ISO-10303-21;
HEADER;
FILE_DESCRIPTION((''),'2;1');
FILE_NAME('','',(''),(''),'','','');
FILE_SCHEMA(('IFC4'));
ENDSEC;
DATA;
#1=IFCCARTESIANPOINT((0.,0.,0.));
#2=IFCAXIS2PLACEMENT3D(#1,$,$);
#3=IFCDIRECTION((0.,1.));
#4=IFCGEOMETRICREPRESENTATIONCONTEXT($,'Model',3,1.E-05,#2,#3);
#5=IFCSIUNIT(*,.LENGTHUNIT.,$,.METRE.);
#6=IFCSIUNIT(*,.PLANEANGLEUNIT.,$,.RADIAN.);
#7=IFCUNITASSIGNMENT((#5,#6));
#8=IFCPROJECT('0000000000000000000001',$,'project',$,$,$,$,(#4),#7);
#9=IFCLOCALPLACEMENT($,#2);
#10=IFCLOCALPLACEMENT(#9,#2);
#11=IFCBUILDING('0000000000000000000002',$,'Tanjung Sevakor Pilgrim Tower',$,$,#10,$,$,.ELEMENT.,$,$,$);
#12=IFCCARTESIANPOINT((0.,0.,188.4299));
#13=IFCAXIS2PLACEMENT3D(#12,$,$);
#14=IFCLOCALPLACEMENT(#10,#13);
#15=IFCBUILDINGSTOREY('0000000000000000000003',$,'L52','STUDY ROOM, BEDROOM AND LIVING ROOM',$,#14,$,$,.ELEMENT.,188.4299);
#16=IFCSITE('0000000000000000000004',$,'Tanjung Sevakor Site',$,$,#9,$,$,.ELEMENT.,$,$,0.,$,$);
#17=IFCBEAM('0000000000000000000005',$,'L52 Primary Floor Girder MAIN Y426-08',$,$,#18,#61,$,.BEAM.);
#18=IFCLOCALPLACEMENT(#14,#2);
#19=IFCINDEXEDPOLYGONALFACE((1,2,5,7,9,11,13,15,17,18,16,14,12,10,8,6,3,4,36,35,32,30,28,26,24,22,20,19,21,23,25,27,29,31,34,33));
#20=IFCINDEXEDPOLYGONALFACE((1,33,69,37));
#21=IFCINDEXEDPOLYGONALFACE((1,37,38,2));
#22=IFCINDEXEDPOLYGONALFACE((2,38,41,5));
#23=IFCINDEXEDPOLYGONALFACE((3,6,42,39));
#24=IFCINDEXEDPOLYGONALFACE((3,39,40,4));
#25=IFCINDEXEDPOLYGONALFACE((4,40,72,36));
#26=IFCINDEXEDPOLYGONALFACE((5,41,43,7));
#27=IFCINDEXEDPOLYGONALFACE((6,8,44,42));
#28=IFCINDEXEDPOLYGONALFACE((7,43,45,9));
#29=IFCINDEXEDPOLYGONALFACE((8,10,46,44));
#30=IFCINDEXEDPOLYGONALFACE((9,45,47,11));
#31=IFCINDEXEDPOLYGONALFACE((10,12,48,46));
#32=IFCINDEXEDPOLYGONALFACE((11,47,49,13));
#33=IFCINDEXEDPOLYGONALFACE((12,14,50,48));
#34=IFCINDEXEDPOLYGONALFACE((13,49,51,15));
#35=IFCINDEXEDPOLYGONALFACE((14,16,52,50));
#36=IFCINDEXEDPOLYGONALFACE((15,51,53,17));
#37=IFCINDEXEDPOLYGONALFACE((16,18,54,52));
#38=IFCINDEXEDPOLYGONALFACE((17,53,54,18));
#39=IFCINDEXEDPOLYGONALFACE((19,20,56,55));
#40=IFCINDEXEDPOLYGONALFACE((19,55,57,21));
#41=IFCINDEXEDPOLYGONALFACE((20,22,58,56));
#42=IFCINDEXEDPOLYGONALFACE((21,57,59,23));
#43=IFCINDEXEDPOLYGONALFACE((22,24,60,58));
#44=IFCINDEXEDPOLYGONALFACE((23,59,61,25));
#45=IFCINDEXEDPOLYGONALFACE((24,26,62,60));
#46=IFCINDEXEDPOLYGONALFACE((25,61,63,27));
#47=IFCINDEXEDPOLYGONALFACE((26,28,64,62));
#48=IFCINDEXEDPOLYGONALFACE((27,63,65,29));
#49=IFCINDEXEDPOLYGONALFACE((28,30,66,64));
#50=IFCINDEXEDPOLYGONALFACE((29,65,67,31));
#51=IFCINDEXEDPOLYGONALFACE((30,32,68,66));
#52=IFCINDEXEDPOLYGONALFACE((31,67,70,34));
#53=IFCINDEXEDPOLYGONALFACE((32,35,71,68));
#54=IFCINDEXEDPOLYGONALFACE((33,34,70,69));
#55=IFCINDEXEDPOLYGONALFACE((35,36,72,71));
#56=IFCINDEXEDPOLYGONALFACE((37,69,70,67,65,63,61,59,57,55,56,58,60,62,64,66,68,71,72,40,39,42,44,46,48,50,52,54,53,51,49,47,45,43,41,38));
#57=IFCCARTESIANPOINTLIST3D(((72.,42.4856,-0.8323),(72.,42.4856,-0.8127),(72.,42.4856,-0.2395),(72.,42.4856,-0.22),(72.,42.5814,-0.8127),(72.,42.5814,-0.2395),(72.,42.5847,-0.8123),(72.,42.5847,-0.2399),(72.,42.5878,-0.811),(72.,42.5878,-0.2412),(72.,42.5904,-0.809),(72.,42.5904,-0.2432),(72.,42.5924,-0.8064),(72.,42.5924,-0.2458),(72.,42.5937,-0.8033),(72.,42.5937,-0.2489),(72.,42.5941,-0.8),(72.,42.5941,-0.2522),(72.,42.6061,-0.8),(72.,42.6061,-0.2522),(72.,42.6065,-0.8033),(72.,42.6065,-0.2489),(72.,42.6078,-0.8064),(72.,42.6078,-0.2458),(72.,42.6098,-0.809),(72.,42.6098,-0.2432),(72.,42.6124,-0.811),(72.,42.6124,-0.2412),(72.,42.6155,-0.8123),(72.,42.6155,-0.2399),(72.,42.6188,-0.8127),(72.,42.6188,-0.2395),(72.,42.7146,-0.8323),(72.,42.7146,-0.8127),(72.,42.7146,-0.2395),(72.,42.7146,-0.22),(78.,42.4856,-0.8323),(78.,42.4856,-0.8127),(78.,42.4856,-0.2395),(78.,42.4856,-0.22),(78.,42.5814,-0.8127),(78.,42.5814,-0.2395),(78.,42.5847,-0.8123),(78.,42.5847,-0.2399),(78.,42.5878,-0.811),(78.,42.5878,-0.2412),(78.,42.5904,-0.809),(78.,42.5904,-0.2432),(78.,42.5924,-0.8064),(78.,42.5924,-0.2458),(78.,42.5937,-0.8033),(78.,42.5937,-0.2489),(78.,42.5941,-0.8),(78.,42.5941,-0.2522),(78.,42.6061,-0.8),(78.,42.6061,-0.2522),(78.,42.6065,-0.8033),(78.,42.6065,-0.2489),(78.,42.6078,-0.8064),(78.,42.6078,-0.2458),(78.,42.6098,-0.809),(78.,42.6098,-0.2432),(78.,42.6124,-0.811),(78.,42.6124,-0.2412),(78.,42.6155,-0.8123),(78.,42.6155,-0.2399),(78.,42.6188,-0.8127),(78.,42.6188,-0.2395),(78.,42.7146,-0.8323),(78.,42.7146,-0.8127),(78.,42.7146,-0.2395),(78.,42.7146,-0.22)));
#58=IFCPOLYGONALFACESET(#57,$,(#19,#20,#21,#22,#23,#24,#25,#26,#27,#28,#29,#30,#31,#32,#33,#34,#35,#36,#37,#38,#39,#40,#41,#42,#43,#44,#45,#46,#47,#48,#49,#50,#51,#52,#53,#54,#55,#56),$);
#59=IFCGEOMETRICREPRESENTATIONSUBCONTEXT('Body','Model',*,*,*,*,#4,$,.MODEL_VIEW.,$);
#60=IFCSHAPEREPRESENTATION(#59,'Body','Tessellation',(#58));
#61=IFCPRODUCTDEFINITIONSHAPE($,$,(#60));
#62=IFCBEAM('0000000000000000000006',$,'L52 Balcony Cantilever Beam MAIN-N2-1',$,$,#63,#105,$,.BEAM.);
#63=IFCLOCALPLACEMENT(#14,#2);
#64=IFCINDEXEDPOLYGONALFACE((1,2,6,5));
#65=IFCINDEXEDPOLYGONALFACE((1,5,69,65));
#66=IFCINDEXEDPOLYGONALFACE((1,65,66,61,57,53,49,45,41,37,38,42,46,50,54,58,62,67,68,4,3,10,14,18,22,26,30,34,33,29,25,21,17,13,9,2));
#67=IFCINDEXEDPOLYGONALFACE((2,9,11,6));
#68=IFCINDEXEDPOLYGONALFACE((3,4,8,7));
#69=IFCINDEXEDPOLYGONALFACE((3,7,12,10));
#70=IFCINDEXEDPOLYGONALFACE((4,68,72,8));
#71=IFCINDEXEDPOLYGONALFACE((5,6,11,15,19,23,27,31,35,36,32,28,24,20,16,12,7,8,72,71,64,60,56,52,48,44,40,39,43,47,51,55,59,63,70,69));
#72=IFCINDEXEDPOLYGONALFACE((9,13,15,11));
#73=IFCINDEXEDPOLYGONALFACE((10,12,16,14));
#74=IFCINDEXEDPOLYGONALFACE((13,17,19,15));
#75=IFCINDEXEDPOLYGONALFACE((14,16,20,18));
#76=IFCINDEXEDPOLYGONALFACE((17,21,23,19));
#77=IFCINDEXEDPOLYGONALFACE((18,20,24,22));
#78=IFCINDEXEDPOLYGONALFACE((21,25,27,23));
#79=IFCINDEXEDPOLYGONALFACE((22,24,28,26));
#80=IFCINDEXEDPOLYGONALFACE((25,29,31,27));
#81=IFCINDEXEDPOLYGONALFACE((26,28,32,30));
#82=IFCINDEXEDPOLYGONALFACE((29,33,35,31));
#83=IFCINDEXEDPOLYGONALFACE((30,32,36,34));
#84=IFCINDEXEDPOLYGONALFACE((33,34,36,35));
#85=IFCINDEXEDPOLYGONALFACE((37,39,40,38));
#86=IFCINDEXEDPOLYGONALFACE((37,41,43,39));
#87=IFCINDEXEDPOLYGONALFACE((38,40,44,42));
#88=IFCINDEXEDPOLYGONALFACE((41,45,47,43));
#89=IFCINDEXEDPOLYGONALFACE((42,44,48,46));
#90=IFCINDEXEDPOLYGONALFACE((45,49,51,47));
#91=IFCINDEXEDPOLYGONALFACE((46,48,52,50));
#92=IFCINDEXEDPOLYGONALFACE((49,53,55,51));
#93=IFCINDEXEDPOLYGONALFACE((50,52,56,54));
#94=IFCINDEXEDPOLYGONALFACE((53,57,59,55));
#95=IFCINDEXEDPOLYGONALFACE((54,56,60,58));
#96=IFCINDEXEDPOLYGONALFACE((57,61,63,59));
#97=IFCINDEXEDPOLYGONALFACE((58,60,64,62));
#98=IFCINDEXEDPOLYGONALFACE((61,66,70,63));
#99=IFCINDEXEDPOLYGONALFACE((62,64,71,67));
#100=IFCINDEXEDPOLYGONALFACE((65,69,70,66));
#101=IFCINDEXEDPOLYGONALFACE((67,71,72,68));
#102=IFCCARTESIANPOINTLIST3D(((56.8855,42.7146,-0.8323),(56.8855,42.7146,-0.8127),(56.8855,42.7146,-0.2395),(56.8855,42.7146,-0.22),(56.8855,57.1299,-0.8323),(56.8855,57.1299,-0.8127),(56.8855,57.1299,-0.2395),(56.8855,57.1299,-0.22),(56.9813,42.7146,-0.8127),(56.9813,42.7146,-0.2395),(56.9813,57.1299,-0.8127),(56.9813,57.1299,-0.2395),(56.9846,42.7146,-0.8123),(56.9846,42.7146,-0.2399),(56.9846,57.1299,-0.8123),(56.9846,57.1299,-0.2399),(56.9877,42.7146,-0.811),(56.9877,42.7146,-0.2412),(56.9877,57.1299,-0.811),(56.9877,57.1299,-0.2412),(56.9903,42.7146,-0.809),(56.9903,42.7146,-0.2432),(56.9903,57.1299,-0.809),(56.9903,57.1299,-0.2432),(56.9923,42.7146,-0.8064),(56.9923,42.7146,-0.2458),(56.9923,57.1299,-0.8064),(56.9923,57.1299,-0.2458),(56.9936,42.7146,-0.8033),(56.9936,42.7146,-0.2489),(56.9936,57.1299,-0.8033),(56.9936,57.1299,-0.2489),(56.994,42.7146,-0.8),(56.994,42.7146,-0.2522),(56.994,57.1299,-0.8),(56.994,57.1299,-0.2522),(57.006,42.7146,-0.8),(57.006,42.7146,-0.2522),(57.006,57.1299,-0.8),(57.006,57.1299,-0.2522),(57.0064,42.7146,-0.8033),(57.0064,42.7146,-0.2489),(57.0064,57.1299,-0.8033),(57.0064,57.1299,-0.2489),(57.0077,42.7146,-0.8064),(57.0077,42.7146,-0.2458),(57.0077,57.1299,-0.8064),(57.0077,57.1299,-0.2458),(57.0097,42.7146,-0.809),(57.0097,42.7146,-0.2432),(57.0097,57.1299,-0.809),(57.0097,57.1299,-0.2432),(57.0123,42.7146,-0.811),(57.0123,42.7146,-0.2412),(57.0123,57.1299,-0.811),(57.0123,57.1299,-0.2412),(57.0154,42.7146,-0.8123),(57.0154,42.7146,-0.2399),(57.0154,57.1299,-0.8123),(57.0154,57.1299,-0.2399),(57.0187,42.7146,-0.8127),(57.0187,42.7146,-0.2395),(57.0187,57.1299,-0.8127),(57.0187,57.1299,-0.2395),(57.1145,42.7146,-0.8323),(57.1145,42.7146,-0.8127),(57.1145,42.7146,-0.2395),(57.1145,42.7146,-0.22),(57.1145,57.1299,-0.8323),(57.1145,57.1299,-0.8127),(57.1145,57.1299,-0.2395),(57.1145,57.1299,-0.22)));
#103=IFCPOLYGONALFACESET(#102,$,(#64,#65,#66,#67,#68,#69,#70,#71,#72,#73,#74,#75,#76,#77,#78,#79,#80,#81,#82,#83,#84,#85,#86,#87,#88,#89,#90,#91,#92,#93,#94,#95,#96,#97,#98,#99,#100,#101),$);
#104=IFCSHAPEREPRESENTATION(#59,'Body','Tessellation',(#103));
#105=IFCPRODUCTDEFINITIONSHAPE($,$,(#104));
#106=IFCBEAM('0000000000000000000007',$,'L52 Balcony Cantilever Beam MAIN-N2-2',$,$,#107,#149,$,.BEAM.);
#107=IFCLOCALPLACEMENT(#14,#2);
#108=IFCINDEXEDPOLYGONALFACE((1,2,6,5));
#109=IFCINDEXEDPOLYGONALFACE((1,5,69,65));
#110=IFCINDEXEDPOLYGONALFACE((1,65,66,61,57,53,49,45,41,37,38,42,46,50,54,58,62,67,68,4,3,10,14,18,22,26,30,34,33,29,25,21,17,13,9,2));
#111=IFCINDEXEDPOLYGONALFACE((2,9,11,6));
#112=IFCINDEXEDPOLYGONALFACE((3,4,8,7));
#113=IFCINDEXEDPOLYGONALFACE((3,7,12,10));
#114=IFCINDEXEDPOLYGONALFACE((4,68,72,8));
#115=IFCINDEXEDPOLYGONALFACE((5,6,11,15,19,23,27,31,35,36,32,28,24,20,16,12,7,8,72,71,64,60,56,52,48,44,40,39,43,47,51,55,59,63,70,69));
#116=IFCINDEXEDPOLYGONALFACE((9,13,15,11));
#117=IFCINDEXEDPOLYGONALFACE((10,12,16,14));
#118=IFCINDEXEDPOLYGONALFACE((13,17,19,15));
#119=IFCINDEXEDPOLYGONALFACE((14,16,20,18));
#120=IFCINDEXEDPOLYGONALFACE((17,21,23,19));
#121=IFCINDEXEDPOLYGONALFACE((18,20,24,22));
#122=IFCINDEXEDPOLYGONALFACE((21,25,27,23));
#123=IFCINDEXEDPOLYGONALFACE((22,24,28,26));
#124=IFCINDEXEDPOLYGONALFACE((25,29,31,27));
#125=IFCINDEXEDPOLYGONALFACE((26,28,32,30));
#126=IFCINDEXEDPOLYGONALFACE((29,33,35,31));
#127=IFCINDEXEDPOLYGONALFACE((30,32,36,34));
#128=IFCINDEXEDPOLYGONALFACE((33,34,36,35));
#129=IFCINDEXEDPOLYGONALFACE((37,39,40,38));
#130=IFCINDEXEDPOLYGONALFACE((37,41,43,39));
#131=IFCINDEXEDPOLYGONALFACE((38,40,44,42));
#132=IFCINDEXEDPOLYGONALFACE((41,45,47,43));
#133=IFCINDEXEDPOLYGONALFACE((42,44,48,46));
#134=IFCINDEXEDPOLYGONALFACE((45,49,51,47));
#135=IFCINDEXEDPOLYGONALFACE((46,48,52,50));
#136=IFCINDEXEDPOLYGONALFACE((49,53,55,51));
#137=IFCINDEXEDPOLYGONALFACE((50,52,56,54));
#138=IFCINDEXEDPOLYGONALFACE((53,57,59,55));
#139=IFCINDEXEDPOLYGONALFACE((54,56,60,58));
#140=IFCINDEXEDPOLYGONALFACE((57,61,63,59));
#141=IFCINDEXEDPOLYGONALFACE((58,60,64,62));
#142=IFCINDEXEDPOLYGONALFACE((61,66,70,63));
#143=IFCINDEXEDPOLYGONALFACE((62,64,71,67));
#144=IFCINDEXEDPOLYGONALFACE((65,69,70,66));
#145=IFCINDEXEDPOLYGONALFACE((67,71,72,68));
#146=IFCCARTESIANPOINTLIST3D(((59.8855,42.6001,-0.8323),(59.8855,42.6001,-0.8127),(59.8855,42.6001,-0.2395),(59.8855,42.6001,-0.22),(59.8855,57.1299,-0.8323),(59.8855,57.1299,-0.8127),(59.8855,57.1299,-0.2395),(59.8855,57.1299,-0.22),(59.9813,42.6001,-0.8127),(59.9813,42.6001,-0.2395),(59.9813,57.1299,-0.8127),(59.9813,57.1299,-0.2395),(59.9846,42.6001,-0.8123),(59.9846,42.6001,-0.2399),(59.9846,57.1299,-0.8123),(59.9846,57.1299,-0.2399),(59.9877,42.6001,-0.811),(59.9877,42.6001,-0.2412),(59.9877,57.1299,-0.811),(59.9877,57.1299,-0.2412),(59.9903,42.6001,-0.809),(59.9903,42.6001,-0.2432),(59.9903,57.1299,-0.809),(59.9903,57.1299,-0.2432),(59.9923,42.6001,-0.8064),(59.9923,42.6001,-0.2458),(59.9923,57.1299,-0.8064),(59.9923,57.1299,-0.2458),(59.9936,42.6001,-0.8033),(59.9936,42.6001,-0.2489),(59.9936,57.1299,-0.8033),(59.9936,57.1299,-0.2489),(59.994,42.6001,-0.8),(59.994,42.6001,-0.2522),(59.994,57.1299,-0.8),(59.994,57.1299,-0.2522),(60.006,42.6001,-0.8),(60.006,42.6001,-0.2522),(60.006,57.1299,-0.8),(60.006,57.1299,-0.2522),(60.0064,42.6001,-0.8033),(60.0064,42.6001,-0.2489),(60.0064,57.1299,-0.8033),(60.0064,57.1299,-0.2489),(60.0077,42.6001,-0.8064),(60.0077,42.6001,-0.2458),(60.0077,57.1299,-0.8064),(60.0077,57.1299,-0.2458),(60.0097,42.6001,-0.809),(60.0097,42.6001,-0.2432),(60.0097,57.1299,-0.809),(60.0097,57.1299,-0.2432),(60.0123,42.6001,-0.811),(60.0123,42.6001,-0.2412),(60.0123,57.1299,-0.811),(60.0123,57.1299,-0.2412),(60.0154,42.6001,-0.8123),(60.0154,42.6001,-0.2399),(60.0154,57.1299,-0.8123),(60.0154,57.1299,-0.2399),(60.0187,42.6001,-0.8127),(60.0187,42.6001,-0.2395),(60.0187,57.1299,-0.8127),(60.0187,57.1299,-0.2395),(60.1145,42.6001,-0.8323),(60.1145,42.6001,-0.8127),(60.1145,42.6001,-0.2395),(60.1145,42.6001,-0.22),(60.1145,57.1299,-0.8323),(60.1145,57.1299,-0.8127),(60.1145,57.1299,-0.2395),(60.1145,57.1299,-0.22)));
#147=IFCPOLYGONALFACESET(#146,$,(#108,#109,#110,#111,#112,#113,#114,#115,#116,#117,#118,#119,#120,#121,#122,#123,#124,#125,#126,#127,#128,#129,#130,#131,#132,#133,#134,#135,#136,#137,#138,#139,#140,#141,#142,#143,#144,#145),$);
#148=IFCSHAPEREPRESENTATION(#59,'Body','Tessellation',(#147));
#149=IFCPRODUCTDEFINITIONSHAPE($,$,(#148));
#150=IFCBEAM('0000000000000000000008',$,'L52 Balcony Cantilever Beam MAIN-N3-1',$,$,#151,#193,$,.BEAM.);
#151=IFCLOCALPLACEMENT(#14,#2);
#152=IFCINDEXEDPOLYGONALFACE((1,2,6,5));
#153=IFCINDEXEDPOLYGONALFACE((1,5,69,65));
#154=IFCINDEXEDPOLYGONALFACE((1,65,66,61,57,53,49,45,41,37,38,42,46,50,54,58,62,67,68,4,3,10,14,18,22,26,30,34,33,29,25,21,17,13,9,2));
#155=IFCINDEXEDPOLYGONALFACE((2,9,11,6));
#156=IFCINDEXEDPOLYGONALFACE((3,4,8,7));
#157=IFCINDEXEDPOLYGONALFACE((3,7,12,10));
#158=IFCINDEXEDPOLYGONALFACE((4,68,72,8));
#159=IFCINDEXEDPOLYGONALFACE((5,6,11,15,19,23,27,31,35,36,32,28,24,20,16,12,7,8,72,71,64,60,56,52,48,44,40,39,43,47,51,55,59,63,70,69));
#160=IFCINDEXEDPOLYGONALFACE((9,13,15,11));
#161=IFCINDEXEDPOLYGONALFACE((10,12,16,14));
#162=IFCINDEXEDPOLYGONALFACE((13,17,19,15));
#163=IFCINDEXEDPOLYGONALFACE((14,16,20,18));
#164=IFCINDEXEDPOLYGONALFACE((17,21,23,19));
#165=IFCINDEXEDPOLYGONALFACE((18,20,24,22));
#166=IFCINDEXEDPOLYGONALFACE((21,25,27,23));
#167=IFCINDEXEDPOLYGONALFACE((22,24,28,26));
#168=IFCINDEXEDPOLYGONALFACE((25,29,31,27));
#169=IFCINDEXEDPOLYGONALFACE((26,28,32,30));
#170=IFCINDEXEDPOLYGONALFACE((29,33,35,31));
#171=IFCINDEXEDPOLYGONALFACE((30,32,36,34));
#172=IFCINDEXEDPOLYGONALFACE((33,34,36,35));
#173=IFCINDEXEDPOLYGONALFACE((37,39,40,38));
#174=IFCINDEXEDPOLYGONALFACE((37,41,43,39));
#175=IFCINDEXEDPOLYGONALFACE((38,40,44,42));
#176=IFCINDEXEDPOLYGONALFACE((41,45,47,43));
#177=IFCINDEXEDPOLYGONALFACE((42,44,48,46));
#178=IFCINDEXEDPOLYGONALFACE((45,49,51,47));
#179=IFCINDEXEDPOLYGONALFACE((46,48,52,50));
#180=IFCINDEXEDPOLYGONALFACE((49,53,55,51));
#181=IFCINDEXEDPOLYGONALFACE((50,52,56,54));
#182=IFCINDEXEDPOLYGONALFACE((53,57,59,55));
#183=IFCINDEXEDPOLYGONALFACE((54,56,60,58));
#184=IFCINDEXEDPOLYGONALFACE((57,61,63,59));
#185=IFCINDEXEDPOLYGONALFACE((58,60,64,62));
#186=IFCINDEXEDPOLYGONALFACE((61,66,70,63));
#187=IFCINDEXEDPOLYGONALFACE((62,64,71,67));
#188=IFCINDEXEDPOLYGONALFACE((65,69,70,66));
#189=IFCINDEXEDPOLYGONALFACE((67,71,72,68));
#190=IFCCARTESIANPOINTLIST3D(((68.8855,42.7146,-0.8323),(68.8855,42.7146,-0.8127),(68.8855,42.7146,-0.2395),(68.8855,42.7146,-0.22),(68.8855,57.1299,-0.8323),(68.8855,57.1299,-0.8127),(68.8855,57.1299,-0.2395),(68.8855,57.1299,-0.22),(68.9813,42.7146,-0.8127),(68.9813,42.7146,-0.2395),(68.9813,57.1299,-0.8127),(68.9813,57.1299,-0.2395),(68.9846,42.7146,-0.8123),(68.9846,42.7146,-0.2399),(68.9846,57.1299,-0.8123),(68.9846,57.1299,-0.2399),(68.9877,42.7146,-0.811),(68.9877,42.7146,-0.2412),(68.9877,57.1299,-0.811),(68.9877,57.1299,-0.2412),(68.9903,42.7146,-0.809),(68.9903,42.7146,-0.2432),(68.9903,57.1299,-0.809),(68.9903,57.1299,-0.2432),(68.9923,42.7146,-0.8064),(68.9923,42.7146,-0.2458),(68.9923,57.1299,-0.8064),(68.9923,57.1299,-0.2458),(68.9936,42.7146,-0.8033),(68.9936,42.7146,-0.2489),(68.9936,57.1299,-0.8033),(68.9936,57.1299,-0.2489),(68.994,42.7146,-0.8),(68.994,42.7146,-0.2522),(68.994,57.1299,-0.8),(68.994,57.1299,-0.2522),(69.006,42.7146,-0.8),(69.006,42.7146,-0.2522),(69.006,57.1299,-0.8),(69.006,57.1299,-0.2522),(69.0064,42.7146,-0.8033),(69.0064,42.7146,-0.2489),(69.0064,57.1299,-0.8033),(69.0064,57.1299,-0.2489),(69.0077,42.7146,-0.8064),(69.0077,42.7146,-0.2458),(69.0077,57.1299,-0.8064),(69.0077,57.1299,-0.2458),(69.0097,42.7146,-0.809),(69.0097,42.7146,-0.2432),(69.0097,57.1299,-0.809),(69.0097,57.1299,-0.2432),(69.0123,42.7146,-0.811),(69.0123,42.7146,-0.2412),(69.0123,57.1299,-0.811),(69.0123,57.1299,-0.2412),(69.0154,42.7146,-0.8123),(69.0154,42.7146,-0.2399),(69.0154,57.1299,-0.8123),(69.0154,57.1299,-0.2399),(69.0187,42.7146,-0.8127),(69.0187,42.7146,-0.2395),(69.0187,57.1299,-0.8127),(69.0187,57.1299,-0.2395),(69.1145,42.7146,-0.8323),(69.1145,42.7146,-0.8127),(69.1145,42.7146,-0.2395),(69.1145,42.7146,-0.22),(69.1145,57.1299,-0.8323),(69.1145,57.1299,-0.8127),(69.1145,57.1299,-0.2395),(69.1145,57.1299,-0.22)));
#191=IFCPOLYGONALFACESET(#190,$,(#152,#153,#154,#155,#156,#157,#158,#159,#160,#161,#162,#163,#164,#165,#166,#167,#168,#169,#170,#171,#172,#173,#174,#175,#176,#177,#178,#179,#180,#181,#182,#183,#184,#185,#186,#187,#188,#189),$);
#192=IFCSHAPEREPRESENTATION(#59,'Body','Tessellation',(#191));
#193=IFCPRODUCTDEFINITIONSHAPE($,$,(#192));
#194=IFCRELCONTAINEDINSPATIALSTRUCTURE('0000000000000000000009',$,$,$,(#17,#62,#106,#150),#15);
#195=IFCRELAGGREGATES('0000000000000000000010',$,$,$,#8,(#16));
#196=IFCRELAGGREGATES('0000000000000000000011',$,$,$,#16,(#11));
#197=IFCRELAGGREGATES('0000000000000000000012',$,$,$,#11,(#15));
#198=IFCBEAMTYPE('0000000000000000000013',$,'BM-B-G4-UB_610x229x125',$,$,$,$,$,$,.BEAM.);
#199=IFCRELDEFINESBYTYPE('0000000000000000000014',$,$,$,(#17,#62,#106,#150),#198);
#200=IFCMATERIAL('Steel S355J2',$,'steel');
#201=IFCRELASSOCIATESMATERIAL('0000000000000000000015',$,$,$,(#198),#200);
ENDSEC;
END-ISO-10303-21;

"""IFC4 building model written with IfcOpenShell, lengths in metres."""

from ifc_helpers import new_model, si_unit, direction, frame, origin, origin_2d, place, context, subcontext, project, spatial, i_section, extrude, material, material_profile, profile_set, type_object, element, save


model = new_model("IFC4")

# Units and contexts
model_context = context("Model", 3, precision=1e-05, world=origin(), true_north=direction((0.0, 1.0)))
body_context = subcontext(model_context, "Body", "Model", "MODEL_VIEW")
ifc_project = project(units=[si_unit("LENGTHUNIT", "METRE"), si_unit("PLANEANGLEUNIT", "RADIAN")], contexts=[model_context])

# Site, building, storey
site_placement = place(None, origin())
site = spatial("IfcSite", under=ifc_project, at=site_placement, Name="Tanjung Sevakor Site", CompositionType="ELEMENT", RefElevation=0.0)
building_placement = place(site_placement, origin())
building = spatial("IfcBuilding", under=site, at=building_placement, Name="Tanjung Sevakor Pilgrim Tower", CompositionType="ELEMENT")
storey_placement = place(building_placement, frame((0.0, 0.0, 188.4299)))
storey = spatial("IfcBuildingStorey", under=building, at=storey_placement, Name="L52", Description="STUDY ROOM, BEDROOM AND LIVING ROOM", CompositionType="ELEMENT", Elevation=188.4299)

# Beams
ifc_material_1 = material(Name="Steel S355J2", Category="steel")
ifc_material_profile_1 = material_profile(ifc_material_1, i_section(OverallWidth=0.229, OverallDepth=0.6123, WebThickness=0.012, FlangeThickness=0.0195, FilletRadius=0.0127, at=origin_2d()))
ifc_profile_set_1 = profile_set([ifc_material_profile_1], Name="Steel S355J2")
beam_type_1 = type_object("IfcBeamType", Name="BM-B-G4-UB_610x229x125", PredefinedType="BEAM", material=ifc_profile_set_1)
for number, where, z_axis, x_axis, name in (
    (1, (72.0, 42.6001, -0.5261), (1.0, 0.0, 0.0), (0.0, 1.0, 0.0), "L52 Primary Floor Girder MAIN Y426-08"),
):
    element("IfcBeam", number, at=place(storey_placement, frame(where, z_axis=z_axis, x_axis=x_axis)), inside=storey, type_object=beam_type_1, Name=name, PredefinedType="BEAM", context=body_context, shape_type="SweptSolid", body=[
        extrude(i_section(OverallWidth=0.229, OverallDepth=0.6123, WebThickness=0.012, FlangeThickness=0.0195, FilletRadius=0.0127, at=origin_2d()), origin(), (0.0, 0.0, 1.0), 6.0),
    ])
beam_1_placement = place(storey_placement, frame((57.0, 42.7146, -0.5261), z_axis=(0.0, 1.0, 0.0), x_axis=(-1.0, 0.0, 0.0)))
element("IfcBeam", 2, at=beam_1_placement, inside=storey, type_object=beam_type_1, Name="L52 Balcony Cantilever Beam MAIN-N2-1", PredefinedType="BEAM", context=body_context, shape_type="SweptSolid", body=[
    extrude(i_section(OverallWidth=0.229, OverallDepth=0.6123, WebThickness=0.012, FlangeThickness=0.0195, FilletRadius=0.0127, at=origin_2d()), origin(), (0.0, 0.0, 1.0), 14.4153),
])
beam_2_placement = place(storey_placement, frame((60.0, 42.6001, -0.5261), z_axis=(0.0, 1.0, 0.0), x_axis=(-1.0, 0.0, 0.0)))
element("IfcBeam", 3, at=beam_2_placement, inside=storey, type_object=beam_type_1, Name="L52 Balcony Cantilever Beam MAIN-N2-2", PredefinedType="BEAM", context=body_context, shape_type="SweptSolid", body=[
    extrude(i_section(OverallWidth=0.229, OverallDepth=0.6123, WebThickness=0.012, FlangeThickness=0.0195, FilletRadius=0.0127, at=origin_2d()), origin(), (0.0, 0.0, 1.0), 14.5298),
])
beam_3_placement = place(storey_placement, frame((69.0, 42.7146, -0.5261), z_axis=(0.0, 1.0, 0.0), x_axis=(-1.0, 0.0, 0.0)))
element("IfcBeam", 4, at=beam_3_placement, inside=storey, type_object=beam_type_1, Name="L52 Balcony Cantilever Beam MAIN-N3-1", PredefinedType="BEAM", context=body_context, shape_type="SweptSolid", body=[
    extrude(i_section(OverallWidth=0.229, OverallDepth=0.6123, WebThickness=0.012, FlangeThickness=0.0195, FilletRadius=0.0127, at=origin_2d()), origin(), (0.0, 0.0, 1.0), 14.4153),
])

save(model, "model.ifc")
